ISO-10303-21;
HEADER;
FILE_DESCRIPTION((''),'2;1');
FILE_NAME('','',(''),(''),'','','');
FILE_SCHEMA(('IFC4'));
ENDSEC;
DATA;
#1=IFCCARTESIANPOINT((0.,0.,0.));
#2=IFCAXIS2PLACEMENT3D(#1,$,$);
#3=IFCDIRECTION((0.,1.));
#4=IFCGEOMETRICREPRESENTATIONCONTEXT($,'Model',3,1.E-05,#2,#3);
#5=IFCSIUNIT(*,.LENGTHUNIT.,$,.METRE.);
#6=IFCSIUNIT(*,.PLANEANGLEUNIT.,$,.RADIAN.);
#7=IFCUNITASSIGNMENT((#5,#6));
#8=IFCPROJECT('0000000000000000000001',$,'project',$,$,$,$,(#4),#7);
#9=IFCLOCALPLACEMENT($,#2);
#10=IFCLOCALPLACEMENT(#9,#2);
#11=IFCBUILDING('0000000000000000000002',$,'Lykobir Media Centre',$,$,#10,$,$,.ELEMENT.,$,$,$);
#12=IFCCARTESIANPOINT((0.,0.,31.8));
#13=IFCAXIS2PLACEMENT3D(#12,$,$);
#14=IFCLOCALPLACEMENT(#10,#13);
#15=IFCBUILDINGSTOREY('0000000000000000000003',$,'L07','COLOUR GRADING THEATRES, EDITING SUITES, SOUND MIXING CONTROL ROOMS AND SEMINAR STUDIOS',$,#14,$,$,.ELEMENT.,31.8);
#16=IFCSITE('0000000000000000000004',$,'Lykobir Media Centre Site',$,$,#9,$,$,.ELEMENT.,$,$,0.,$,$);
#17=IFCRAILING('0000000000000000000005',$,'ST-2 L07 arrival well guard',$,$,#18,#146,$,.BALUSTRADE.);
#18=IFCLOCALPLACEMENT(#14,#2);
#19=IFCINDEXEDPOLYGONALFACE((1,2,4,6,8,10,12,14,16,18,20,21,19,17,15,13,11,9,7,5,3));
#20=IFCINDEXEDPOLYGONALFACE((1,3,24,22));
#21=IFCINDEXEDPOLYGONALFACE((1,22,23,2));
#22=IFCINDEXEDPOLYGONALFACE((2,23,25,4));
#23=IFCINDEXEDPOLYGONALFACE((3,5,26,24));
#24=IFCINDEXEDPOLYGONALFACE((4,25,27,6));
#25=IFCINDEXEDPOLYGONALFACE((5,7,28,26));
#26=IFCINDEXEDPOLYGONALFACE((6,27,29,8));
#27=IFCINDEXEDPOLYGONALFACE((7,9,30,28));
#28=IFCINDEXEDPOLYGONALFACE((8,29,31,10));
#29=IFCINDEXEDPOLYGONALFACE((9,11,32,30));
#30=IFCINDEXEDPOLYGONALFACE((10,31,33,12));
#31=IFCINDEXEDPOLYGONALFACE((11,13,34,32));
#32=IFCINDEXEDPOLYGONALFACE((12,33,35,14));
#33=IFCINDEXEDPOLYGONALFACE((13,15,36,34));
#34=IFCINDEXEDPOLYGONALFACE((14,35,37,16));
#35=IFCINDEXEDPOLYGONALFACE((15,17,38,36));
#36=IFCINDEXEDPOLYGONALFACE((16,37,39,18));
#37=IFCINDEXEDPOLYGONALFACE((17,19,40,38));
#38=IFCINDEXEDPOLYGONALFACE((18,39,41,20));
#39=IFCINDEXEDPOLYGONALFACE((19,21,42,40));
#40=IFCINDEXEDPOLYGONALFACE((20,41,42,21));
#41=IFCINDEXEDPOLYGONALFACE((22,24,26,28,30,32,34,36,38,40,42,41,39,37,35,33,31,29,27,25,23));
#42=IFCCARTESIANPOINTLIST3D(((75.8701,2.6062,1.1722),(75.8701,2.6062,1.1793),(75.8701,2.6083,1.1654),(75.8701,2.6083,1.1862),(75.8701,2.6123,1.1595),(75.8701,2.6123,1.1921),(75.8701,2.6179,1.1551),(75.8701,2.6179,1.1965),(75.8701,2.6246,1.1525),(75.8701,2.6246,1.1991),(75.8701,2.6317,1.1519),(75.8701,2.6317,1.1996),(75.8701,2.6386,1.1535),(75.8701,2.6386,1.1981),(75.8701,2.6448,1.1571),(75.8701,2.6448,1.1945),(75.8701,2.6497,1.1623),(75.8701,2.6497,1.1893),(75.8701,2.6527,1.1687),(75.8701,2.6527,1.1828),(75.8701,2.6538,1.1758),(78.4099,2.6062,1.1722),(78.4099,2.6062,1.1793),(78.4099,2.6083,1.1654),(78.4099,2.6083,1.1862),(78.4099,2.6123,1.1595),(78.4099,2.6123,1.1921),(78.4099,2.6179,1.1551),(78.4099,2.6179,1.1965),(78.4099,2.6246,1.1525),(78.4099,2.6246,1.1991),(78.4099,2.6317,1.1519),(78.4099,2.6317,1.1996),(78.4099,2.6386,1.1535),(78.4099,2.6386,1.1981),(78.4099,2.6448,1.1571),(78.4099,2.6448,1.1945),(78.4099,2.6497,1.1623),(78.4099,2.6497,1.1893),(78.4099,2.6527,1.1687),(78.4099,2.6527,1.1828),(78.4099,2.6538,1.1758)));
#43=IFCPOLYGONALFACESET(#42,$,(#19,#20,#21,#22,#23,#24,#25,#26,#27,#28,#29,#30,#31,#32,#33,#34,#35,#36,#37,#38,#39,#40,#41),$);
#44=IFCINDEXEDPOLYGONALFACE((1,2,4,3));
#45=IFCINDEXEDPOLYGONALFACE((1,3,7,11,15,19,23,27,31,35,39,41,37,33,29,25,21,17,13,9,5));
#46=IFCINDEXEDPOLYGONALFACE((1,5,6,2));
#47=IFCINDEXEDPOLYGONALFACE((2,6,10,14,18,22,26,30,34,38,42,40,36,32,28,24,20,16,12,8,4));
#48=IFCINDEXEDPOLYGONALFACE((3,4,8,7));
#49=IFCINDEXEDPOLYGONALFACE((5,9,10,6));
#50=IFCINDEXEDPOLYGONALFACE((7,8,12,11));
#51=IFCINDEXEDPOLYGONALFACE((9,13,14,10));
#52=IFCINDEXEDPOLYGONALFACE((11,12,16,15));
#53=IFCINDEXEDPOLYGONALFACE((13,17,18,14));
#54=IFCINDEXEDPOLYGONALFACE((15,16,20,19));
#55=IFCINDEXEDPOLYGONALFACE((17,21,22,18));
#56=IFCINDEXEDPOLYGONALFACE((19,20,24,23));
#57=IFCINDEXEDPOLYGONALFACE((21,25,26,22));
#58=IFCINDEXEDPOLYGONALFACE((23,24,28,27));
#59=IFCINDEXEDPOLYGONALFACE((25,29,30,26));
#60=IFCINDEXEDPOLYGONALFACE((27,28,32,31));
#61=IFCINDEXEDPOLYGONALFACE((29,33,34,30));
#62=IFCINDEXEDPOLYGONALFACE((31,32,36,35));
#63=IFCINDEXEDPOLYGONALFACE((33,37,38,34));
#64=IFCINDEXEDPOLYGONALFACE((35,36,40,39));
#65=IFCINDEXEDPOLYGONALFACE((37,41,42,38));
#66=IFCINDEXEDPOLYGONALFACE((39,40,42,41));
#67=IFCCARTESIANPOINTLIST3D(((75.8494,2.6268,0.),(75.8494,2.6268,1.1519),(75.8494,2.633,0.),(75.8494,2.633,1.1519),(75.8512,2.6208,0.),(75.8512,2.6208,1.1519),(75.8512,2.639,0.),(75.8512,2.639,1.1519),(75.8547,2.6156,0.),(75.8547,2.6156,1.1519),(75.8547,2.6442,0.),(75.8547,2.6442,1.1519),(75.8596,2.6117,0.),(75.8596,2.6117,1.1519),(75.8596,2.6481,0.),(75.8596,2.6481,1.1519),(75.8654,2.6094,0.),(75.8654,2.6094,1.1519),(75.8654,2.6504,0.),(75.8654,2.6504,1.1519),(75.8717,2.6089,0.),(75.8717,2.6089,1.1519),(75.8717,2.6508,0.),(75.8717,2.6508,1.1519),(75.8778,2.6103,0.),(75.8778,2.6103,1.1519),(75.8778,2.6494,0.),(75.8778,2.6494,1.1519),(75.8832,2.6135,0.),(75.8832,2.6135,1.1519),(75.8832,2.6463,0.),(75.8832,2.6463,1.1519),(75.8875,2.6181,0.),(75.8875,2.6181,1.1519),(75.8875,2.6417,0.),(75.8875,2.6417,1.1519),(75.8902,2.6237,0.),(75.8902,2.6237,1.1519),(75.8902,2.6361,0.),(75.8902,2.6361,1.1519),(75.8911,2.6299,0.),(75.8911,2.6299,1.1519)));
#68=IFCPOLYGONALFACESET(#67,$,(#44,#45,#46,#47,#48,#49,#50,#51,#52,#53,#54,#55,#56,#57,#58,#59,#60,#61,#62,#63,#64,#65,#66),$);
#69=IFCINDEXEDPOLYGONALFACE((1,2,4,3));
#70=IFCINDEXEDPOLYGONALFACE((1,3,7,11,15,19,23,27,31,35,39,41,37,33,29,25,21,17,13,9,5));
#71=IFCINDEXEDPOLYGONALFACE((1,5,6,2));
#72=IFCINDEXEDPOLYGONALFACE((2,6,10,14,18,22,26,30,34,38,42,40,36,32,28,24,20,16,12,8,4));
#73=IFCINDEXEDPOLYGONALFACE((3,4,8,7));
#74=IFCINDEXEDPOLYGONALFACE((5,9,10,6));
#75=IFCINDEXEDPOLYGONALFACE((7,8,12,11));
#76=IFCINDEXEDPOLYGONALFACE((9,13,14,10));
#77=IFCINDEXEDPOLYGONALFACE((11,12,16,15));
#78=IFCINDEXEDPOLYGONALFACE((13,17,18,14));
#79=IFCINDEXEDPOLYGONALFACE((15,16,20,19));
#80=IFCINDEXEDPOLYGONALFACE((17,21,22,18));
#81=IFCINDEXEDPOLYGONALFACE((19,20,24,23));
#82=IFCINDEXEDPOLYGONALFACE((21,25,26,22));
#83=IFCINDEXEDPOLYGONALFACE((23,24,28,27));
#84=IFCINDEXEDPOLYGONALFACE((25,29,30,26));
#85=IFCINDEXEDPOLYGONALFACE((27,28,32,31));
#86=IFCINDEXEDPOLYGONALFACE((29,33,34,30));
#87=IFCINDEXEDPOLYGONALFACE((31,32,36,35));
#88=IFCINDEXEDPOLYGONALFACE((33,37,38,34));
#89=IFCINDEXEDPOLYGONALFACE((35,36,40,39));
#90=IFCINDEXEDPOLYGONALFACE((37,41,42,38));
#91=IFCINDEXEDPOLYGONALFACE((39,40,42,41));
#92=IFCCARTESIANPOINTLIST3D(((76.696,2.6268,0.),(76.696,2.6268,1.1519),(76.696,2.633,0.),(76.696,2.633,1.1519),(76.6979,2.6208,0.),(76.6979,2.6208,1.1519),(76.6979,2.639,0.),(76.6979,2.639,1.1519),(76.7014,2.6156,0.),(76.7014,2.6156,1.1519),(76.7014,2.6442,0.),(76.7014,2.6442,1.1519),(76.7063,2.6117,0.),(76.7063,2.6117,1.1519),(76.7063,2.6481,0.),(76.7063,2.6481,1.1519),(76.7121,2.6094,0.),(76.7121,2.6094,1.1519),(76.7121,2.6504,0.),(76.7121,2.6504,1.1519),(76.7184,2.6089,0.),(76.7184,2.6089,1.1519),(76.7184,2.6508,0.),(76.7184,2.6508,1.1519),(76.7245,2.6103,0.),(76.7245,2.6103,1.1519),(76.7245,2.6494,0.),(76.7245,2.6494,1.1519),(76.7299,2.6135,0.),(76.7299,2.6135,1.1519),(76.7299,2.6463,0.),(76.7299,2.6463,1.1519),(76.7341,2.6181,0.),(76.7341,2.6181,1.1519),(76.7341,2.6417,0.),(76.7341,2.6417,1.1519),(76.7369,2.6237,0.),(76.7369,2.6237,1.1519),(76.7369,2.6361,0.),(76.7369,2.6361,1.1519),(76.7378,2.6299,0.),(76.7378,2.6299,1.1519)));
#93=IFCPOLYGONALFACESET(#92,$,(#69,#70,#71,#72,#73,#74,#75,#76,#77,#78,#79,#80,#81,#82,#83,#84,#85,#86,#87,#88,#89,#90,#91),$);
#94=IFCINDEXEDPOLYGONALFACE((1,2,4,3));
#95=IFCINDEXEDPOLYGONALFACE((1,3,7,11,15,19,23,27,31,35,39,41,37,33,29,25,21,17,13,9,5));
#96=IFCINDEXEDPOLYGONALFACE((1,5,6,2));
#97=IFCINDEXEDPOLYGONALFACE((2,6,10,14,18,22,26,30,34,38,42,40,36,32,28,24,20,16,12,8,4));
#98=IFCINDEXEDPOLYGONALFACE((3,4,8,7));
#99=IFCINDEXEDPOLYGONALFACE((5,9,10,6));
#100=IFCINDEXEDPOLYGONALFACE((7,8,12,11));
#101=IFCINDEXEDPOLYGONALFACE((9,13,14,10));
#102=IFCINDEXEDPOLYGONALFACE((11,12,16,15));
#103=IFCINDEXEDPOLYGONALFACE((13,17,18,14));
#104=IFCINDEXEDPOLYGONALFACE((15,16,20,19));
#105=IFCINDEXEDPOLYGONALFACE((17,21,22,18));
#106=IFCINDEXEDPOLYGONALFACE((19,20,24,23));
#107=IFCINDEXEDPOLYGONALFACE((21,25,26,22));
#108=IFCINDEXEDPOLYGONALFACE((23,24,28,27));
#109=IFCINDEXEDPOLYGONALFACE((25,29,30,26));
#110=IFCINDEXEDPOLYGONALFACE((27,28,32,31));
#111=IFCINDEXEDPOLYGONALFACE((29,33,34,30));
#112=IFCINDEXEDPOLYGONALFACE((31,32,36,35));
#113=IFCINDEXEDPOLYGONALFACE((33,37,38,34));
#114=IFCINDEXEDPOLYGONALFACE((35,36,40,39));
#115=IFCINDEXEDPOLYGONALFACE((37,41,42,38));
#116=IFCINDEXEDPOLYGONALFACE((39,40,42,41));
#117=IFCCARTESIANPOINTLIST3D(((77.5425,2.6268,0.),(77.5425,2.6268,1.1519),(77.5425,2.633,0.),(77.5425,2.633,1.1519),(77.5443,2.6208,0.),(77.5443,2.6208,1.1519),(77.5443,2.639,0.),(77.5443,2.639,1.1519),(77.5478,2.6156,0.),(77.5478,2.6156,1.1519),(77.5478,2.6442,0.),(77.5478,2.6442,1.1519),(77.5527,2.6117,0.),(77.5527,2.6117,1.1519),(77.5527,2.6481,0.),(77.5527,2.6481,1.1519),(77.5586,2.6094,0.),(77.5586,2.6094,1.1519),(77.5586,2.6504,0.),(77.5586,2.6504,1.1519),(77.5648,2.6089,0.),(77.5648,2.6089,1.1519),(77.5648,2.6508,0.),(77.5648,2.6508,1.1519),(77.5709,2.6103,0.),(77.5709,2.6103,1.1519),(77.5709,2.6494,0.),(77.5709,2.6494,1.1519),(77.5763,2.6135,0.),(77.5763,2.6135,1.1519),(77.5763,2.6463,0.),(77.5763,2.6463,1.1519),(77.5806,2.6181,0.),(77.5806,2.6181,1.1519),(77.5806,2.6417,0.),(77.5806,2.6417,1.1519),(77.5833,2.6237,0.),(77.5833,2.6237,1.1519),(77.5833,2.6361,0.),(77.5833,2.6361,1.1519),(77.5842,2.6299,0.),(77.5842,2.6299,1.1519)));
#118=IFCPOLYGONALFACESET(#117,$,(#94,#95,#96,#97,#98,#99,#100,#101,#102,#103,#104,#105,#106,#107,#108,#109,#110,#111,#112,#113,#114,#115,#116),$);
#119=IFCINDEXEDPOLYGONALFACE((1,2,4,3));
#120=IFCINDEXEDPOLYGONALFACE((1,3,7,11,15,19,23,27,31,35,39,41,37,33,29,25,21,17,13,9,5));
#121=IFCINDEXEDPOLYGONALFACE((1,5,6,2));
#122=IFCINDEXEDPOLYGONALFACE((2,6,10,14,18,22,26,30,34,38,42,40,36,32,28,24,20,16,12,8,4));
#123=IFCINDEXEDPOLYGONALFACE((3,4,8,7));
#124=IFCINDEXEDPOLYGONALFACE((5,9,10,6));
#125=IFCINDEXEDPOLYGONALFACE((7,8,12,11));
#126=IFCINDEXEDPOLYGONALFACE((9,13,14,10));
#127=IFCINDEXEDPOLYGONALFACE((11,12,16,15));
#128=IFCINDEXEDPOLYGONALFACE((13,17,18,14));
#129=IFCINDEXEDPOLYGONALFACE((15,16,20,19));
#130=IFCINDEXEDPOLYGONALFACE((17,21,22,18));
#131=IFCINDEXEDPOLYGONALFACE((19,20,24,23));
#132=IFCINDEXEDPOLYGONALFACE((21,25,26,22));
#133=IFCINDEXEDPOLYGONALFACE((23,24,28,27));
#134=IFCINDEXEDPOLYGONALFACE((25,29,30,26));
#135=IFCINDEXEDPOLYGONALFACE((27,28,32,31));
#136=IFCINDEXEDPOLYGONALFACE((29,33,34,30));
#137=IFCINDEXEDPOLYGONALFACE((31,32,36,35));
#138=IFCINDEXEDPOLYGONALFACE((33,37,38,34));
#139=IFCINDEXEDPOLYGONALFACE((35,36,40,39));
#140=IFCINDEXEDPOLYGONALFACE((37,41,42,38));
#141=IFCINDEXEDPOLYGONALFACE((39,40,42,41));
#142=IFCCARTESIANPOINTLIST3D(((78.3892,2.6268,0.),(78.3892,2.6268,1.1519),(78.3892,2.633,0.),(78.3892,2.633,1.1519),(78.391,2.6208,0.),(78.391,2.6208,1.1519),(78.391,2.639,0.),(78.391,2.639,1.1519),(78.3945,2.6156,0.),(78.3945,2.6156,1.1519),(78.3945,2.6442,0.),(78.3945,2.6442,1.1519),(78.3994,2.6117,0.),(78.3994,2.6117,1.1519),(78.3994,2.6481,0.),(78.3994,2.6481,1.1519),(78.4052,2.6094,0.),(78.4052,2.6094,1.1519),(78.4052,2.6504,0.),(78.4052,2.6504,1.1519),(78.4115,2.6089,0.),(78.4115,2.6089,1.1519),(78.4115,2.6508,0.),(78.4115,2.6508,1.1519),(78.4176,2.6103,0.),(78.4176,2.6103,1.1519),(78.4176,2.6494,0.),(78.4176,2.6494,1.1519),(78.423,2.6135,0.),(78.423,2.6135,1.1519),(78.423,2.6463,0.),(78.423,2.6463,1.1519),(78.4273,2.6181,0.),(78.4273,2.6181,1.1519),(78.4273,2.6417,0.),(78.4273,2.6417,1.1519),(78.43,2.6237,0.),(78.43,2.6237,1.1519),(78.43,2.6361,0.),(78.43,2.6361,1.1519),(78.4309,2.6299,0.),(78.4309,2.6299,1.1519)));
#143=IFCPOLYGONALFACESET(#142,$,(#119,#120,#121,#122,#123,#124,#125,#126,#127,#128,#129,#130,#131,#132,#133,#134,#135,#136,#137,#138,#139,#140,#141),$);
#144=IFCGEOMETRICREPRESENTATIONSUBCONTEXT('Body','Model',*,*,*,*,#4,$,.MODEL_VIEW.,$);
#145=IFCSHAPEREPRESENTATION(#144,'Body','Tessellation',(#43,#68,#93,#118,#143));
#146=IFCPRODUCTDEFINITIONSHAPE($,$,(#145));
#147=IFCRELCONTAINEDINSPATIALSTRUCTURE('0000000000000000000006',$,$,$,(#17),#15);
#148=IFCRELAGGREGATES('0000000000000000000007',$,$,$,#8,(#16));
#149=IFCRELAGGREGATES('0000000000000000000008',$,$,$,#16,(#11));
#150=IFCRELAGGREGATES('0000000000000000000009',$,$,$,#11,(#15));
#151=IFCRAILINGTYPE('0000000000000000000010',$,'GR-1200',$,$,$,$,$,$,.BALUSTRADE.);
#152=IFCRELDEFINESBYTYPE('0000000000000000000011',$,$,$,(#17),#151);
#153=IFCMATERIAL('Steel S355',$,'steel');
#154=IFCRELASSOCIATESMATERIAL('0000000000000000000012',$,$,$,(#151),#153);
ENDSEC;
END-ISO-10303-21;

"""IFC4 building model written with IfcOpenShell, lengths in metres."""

from ifc_helpers import new_model, si_unit, direction, frame, origin, origin_2d, place, context, subcontext, project, spatial, circle, extrude, material, type_object, element, save


model = new_model("IFC4")

# Units and contexts
model_context = context("Model", 3, precision=1e-05, world=origin(), true_north=direction((0.0, 1.0)))
body_context = subcontext(model_context, "Body", "Model", "MODEL_VIEW")
ifc_project = project(units=[si_unit("LENGTHUNIT", "METRE"), si_unit("PLANEANGLEUNIT", "RADIAN")], contexts=[model_context])

# Site, building, storey
site_placement = place(None, origin())
site = spatial("IfcSite", under=ifc_project, at=site_placement, Name="Lykobir Media Centre Site", CompositionType="ELEMENT", RefElevation=0.0)
building_placement = place(site_placement, origin())
building = spatial("IfcBuilding", under=site, at=building_placement, Name="Lykobir Media Centre", CompositionType="ELEMENT")
storey_placement = place(building_placement, frame((0.0, 0.0, 31.8)))
storey = spatial("IfcBuildingStorey", under=building, at=storey_placement, Name="L07", Description="COLOUR GRADING THEATRES, EDITING SUITES, SOUND MIXING CONTROL ROOMS AND SEMINAR STUDIOS", CompositionType="ELEMENT", Elevation=31.8)

# Shared definitions
ifc_material_1 = material(Name="Steel S355", Category="steel")

# Railing
railing_type_1 = type_object("IfcRailingType", Name="GR-1200", PredefinedType="BALUSTRADE", material=ifc_material_1)
railing_1_placement = place(storey_placement, frame((75.8701, 2.6299, 0.0)))
element("IfcRailing", 1, at=railing_1_placement, inside=storey, type_object=railing_type_1, Name="ST-2 L07 arrival well guard", PredefinedType="BALUSTRADE", context=body_context, shape_type="SweptSolid", body=[
    extrude(circle(Radius=0.0239, at=origin_2d()), frame((0.0, 0.0, 1.1758), z_axis=(1.0, 0.0, 0.0), x_axis=(0.0, 1.0, 0.0)), (0.0, 0.0, 1.0), 2.5398),
    extrude(circle(Radius=0.021, at=origin_2d()), origin(), (0.0, 0.0, 1.0), 1.1519),
    extrude(circle(Radius=0.021, at=origin_2d()), frame((0.8467, 0.0, 0.0)), (0.0, 0.0, 1.0), 1.1519),
    extrude(circle(Radius=0.021, at=origin_2d()), frame((1.6931, 0.0, 0.0)), (0.0, 0.0, 1.0), 1.1519),
    extrude(circle(Radius=0.021, at=origin_2d()), frame((2.5398, 0.0, 0.0)), (0.0, 0.0, 1.0), 1.1519),
])

save(model, "model.ifc")
